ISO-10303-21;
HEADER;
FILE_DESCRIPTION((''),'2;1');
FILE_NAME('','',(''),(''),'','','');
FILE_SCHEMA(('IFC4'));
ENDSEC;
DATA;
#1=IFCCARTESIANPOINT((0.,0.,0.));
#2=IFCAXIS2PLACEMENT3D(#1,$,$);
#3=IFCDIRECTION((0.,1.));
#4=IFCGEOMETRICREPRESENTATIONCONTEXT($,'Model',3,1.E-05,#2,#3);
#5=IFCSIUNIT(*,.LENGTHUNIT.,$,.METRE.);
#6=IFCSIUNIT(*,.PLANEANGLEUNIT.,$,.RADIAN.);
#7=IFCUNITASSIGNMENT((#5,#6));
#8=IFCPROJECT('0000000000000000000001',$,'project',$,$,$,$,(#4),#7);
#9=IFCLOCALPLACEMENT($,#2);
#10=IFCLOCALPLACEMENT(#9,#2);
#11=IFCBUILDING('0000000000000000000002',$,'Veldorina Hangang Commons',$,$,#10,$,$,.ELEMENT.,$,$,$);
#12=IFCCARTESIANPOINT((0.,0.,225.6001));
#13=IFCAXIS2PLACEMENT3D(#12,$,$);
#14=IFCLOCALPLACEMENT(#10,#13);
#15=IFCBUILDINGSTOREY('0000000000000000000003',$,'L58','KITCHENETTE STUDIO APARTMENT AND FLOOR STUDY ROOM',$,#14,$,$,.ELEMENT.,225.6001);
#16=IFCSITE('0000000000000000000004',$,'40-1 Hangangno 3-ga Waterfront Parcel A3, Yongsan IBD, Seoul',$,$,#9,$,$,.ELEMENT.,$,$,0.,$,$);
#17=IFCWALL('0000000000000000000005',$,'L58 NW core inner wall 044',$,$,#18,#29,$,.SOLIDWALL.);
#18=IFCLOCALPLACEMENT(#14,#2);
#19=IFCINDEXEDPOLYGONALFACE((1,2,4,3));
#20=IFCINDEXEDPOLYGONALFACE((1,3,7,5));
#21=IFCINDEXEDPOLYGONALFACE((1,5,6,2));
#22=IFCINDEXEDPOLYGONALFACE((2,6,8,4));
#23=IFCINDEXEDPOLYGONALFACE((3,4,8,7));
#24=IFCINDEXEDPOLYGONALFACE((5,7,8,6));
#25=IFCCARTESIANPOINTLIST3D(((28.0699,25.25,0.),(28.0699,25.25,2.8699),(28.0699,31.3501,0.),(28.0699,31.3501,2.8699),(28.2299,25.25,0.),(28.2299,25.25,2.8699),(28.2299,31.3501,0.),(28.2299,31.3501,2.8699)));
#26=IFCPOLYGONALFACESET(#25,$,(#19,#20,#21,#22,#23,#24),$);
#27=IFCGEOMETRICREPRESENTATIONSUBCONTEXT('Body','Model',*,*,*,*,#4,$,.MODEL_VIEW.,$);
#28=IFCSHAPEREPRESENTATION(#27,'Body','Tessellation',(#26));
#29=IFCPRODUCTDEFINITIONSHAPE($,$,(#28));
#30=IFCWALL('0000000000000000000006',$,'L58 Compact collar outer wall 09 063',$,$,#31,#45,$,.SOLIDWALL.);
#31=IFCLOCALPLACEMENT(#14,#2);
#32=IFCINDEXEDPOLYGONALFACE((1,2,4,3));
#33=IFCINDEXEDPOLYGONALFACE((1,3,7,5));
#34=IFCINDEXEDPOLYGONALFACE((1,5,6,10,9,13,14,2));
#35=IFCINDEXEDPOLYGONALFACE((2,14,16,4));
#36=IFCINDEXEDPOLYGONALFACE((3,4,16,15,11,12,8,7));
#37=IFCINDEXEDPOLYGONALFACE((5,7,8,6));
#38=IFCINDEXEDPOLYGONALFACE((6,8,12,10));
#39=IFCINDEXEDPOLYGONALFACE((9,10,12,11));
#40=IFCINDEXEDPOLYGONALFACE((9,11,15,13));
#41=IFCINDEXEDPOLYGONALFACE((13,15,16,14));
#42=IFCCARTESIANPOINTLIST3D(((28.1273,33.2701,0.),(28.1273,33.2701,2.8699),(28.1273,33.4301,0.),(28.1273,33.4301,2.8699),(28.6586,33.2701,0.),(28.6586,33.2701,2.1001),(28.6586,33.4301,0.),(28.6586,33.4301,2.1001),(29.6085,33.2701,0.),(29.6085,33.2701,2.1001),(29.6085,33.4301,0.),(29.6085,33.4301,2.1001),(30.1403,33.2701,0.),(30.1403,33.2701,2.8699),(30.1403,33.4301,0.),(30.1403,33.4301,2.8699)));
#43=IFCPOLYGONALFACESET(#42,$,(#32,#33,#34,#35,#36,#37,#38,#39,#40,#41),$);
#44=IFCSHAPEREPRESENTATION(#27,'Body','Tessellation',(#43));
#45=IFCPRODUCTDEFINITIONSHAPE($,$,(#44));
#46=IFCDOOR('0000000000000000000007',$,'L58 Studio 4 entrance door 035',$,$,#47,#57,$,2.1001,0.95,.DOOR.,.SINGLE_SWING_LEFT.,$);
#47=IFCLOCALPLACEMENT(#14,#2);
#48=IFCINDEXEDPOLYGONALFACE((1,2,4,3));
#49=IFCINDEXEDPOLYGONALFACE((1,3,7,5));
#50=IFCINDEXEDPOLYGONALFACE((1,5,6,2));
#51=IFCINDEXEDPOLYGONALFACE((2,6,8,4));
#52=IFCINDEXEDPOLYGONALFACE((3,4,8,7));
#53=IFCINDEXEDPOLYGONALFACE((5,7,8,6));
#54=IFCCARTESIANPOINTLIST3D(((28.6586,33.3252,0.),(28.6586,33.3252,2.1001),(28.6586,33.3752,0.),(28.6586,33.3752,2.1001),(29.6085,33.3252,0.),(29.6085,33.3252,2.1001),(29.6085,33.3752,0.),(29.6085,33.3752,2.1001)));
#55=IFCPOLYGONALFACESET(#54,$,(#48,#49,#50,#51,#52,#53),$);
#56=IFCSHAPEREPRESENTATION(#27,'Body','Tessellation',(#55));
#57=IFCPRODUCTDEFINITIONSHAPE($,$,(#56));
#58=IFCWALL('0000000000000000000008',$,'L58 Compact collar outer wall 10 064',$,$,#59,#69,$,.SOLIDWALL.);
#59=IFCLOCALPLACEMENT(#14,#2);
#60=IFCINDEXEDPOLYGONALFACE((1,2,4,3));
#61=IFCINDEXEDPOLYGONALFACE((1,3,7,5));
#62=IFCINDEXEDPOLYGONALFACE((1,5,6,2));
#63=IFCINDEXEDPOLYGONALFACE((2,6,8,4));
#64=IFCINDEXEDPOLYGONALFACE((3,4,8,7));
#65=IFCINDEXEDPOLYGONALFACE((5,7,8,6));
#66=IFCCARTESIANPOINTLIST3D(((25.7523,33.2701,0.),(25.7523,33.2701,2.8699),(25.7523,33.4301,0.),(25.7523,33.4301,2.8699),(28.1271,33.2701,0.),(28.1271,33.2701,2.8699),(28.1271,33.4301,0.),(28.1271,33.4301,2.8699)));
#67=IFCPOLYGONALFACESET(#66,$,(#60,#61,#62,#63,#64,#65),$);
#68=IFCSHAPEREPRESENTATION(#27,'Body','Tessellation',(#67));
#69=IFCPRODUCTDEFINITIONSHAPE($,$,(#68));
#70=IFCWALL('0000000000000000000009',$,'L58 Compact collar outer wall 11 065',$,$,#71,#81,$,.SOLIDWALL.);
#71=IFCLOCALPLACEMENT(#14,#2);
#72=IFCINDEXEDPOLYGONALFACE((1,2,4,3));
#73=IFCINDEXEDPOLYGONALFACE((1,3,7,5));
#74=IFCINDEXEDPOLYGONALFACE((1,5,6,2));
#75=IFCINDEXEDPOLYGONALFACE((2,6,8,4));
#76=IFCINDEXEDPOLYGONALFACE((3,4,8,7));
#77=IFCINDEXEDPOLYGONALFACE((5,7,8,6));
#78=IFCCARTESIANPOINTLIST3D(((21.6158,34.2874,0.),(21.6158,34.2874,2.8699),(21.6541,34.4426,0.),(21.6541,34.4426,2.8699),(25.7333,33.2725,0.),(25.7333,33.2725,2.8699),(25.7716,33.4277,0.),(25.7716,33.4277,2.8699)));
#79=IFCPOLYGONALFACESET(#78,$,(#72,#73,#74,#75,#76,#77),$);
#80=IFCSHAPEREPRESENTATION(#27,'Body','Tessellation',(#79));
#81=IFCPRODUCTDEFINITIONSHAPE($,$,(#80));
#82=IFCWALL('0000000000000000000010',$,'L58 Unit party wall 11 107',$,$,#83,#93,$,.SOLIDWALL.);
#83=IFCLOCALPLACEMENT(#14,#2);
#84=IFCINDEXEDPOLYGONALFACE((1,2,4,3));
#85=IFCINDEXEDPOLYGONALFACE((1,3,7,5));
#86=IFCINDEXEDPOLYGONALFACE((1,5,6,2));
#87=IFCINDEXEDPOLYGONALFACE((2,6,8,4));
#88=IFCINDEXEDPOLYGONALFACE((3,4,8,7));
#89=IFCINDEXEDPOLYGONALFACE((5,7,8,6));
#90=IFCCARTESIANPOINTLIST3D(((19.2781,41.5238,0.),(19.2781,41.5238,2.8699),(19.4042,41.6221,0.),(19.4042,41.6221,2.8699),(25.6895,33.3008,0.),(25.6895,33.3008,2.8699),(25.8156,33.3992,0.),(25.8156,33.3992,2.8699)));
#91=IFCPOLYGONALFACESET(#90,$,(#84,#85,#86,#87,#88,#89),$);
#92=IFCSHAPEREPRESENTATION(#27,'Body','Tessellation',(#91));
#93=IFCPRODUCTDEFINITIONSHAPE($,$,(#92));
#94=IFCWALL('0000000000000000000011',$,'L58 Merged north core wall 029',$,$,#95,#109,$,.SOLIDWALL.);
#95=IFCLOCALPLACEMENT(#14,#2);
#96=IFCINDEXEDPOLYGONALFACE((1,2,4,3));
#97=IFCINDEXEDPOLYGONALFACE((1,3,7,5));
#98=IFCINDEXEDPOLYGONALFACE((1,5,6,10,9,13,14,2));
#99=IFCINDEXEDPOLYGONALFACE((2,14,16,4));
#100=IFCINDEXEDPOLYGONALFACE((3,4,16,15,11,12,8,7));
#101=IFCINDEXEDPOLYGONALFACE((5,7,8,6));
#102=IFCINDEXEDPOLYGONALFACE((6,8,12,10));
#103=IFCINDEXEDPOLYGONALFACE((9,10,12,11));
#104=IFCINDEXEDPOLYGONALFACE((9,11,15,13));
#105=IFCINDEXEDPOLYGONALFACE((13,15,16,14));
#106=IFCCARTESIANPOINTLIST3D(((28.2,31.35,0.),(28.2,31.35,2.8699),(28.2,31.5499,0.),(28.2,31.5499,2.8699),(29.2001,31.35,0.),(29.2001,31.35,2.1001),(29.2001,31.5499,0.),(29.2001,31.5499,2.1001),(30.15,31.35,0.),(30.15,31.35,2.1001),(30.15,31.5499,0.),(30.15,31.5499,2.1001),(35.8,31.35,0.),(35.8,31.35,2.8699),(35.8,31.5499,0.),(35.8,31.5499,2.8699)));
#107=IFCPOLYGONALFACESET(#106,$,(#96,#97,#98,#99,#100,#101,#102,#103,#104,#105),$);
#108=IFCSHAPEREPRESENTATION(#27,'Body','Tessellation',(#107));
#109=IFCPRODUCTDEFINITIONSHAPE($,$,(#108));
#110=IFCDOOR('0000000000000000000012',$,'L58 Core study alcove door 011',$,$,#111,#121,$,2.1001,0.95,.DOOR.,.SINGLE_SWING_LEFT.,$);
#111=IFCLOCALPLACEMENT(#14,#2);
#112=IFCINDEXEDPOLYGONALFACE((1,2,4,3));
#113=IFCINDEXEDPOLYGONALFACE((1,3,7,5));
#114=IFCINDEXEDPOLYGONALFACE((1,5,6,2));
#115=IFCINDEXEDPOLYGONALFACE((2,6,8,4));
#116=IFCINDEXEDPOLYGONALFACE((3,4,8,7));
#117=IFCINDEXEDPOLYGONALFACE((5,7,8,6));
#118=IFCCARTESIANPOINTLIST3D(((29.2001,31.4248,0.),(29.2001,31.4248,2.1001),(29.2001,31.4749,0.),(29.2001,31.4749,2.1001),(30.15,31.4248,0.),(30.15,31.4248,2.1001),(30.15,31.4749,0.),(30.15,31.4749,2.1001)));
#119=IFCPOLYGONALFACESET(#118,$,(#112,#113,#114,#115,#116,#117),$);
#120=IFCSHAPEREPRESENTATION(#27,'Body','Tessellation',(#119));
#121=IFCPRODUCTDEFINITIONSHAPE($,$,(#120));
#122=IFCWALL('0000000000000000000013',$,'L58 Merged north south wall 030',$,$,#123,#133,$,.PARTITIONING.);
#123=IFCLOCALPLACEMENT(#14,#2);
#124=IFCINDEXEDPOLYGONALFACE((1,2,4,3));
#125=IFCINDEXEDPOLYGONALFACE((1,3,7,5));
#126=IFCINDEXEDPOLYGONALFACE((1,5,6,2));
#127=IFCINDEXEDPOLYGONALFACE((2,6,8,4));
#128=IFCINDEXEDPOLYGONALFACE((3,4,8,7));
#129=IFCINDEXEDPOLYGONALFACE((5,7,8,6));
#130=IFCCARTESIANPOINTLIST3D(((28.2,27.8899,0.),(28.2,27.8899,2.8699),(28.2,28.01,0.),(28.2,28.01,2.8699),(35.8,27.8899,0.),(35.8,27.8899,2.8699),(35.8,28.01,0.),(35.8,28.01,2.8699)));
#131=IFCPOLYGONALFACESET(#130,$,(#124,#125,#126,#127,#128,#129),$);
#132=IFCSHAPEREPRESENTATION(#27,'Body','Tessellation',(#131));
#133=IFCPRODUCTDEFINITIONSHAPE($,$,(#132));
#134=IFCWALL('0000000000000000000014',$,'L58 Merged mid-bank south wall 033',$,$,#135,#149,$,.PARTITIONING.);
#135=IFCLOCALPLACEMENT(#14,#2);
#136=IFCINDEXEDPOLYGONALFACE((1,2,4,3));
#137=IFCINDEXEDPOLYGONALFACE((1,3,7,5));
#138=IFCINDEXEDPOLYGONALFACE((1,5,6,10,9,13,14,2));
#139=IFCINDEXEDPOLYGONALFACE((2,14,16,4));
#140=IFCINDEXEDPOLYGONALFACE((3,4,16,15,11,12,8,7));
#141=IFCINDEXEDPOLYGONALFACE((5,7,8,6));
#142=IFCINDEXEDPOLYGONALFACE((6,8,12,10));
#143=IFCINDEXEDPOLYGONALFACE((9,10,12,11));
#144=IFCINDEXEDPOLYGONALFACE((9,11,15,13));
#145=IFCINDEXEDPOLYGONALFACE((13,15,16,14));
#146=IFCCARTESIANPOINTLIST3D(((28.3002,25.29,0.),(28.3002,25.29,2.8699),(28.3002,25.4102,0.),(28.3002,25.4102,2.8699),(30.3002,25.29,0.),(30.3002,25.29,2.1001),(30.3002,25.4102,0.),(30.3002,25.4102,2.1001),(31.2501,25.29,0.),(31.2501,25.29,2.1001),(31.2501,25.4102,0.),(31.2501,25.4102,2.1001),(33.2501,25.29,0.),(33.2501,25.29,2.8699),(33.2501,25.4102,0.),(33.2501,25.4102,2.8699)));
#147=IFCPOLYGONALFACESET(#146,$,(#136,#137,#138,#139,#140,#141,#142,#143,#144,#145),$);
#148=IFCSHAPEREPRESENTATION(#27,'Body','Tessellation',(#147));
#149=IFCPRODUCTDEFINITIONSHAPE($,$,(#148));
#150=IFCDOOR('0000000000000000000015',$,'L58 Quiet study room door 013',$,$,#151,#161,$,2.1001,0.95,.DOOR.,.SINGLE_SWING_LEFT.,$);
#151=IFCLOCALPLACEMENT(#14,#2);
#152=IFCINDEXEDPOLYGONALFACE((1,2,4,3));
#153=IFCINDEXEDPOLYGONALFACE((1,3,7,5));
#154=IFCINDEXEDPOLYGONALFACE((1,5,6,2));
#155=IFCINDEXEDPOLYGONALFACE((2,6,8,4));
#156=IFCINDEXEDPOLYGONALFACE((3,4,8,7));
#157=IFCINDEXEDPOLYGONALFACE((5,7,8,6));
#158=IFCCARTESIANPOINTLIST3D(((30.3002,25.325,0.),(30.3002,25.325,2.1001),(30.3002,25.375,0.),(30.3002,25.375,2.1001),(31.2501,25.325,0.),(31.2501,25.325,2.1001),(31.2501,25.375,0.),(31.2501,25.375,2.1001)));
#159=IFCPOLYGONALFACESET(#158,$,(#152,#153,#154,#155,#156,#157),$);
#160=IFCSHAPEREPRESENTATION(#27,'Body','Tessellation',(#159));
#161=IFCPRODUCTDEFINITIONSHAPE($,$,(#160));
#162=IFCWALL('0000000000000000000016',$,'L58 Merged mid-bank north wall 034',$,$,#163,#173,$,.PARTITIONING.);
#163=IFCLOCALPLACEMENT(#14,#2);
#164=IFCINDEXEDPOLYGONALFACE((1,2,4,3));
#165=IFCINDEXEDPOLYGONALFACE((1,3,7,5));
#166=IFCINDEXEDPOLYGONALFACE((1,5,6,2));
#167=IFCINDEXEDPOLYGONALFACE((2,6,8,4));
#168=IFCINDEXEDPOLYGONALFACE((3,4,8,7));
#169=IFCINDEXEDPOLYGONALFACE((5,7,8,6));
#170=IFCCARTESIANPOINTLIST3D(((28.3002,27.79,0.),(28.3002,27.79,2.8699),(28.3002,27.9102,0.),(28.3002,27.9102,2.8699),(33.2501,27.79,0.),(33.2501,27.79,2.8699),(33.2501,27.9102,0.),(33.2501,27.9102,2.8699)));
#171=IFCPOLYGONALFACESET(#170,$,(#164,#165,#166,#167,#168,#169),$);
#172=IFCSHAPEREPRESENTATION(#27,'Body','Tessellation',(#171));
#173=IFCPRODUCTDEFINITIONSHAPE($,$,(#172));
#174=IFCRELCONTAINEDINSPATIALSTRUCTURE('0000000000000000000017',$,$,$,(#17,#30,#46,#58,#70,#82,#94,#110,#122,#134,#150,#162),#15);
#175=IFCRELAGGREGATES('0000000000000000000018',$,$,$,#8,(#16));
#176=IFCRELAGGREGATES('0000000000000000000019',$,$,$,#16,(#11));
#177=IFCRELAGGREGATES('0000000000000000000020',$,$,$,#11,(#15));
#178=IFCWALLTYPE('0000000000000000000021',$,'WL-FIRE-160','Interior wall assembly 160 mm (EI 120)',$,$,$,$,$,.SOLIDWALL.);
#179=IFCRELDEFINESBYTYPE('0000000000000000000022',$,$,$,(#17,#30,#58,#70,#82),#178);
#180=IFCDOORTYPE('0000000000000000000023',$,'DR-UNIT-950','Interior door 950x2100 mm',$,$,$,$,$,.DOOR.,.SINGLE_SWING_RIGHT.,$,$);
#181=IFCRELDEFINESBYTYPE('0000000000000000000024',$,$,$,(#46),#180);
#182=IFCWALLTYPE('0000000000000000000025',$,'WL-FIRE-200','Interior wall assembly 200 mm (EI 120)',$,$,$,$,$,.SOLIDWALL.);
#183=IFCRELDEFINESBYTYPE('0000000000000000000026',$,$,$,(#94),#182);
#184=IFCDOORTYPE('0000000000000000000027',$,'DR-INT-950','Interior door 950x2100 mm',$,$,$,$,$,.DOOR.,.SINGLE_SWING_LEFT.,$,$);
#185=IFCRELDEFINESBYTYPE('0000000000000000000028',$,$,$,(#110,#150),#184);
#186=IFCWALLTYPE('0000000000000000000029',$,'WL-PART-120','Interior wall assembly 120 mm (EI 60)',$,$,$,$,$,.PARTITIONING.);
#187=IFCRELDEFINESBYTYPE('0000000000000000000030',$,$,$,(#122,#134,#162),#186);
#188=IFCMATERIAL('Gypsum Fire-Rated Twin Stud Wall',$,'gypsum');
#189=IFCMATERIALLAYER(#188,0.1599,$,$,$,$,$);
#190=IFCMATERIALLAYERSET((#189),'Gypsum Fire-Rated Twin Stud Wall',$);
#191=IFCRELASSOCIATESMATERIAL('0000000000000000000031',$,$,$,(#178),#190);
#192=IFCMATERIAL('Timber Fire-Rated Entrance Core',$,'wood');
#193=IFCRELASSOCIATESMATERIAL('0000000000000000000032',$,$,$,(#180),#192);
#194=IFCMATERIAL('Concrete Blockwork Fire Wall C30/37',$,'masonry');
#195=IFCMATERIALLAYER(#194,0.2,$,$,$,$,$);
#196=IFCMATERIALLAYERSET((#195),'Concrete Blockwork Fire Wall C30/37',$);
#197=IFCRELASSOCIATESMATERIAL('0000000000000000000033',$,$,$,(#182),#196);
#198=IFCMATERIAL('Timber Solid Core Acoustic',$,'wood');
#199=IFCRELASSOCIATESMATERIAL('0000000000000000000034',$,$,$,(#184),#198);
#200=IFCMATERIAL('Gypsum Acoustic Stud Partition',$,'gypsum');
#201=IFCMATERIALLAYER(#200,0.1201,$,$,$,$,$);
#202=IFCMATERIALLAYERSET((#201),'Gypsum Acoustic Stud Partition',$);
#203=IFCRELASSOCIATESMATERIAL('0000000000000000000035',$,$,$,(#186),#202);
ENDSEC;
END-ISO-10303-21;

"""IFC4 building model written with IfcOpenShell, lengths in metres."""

from ifc_helpers import new_model, si_unit, direction, frame, frame_2d, origin, place, context, subcontext, project, spatial, rectangle, extrude, material, layer, layer_set, type_object, element, fill, save


model = new_model("IFC4")

# Units and contexts
model_context = context("Model", 3, precision=1e-05, world=origin(), true_north=direction((0.0, 1.0)))
body_context = subcontext(model_context, "Body", "Model", "MODEL_VIEW")
ifc_project = project(units=[si_unit("LENGTHUNIT", "METRE"), si_unit("PLANEANGLEUNIT", "RADIAN")], contexts=[model_context])

# Site, building, storey
site_placement = place(None, origin())
site = spatial("IfcSite", under=ifc_project, at=site_placement, Name="40-1 Hangangno 3-ga Waterfront Parcel A3, Yongsan IBD, Seoul", CompositionType="ELEMENT", RefElevation=0.0)
building_placement = place(site_placement, origin())
building = spatial("IfcBuilding", under=site, at=building_placement, Name="Veldorina Hangang Commons", CompositionType="ELEMENT")
storey_placement = place(building_placement, frame((0.0, 0.0, 225.6001)))
storey = spatial("IfcBuildingStorey", under=building, at=storey_placement, Name="L58", Description="KITCHENETTE STUDIO APARTMENT AND FLOOR STUDY ROOM", CompositionType="ELEMENT", Elevation=225.6001)

# Wall
ifc_material_1 = material(Name="Gypsum Fire-Rated Twin Stud Wall", Category="gypsum")
ifc_layer_1 = layer(ifc_material_1, 0.1599)
ifc_layer_set_1 = layer_set([ifc_layer_1], Name="Gypsum Fire-Rated Twin Stud Wall")
wall_type_1 = type_object("IfcWallType", Name="WL-FIRE-160", Description="Interior wall assembly 160 mm (EI 120)", PredefinedType="SOLIDWALL", material=ifc_layer_set_1)
wall_1_placement = place(storey_placement, frame((28.1499, 25.25, 0.0), z_axis=(0.0, 0.0, 1.0), x_axis=(0.0, 1.0, 0.0)))
element("IfcWall", 1, at=wall_1_placement, inside=storey, type_object=wall_type_1, Name="L58 NW core inner wall 044", PredefinedType="SOLIDWALL", context=body_context, shape_type="SweptSolid", body=[
    extrude(rectangle(XDim=6.1001, YDim=0.1599, at=frame_2d((3.05, 0.0))), origin(), (0.0, 0.0, 1.0), 2.8699),
])

# Wall, opening, door
wall_2_placement = place(storey_placement, frame((30.1401, 33.3501, 0.0), z_axis=(0.0, 0.0, 1.0), x_axis=(-1.0, 0.0, 0.0)))
wall_2 = element("IfcWall", 2, at=wall_2_placement, inside=storey, type_object=wall_type_1, Name="L58 Compact collar outer wall 09 063", PredefinedType="SOLIDWALL", context=body_context, shape_type="SweptSolid", body=[
    extrude(rectangle(XDim=2.0129, YDim=0.1599, at=frame_2d((1.0063, 0.0))), origin(), (0.0, 0.0, 1.0), 2.8699),
])
opening_1_placement = place(wall_2_placement, frame((0.5315, 0.0, 0.0)))
opening_1 = element("IfcOpeningElement", 3, at=opening_1_placement, cuts=wall_2, PredefinedType="OPENING", context=body_context, shape_type="SweptSolid", body=[
    extrude(rectangle(XDim=0.95, YDim=2.1001, at=frame_2d((0.4751, 1.05))), frame((0.0, 0.0898, 0.0), z_axis=(0.0, -1.0, 0.0), x_axis=(1.0, 0.0, 0.0)), (0.0, 0.0, 1.0), 0.1799),
])
ifc_material_2 = material(Name="Timber Fire-Rated Entrance Core", Category="wood")
door_type_1 = type_object("IfcDoorType", Name="DR-UNIT-950", Description="Interior door 950x2100 mm", OperationType="SINGLE_SWING_RIGHT", PredefinedType="DOOR", material=ifc_material_2)
door_1_placement = place(opening_1_placement, origin())
door_1 = element("IfcDoor", 4, at=door_1_placement, inside=storey, type_object=door_type_1, Name="L58 Studio 4 entrance door 035", OperationType="SINGLE_SWING_LEFT", OverallHeight=2.1001, OverallWidth=0.95, PredefinedType="DOOR", context=body_context, shape_type="SweptSolid", body=[
    extrude(rectangle(XDim=0.95, YDim=2.1001, at=frame_2d((0.4751, 1.05))), frame((0.0, 0.0249, 0.0), z_axis=(0.0, -1.0, 0.0), x_axis=(1.0, 0.0, 0.0)), (0.0, 0.0, 1.0), 0.05),
])
fill(opening_1, door_1)

# Walls
wall_3_placement = place(storey_placement, frame((28.1272, 33.3501, 0.0), z_axis=(0.0, 0.0, 1.0), x_axis=(-1.0, 0.0, 0.0)))
element("IfcWall", 5, at=wall_3_placement, inside=storey, type_object=wall_type_1, Name="L58 Compact collar outer wall 10 064", PredefinedType="SOLIDWALL", context=body_context, shape_type="SweptSolid", body=[
    extrude(rectangle(XDim=2.3748, YDim=0.1599, at=frame_2d((1.1875, 0.0))), origin(), (0.0, 0.0, 1.0), 2.8699),
])
wall_4_placement = place(storey_placement, frame((25.7524, 33.3501, 0.0), z_axis=(0.0, 0.0, 1.0), x_axis=(-0.97094, 0.239324, 0.0)))
element("IfcWall", 6, at=wall_4_placement, inside=storey, type_object=wall_type_1, Name="L58 Compact collar outer wall 11 065", PredefinedType="SOLIDWALL", context=body_context, shape_type="SweptSolid", body=[
    extrude(rectangle(XDim=4.2407, YDim=0.1599, at=frame_2d((2.1204, 0.0))), origin(), (0.0, 0.0, 1.0), 2.8699),
])
wall_5_placement = place(storey_placement, frame((25.7524, 33.3501, 0.0), z_axis=(0.0, 0.0, 1.0), x_axis=(-0.614884, 0.788618, 0.0)))
element("IfcWall", 7, at=wall_5_placement, inside=storey, type_object=wall_type_1, Name="L58 Unit party wall 11 107", PredefinedType="SOLIDWALL", context=body_context, shape_type="SweptSolid", body=[
    extrude(rectangle(XDim=10.427, YDim=0.1599, at=frame_2d((5.2134, 0.0))), origin(), (0.0, 0.0, 1.0), 2.8699),
])

# Wall, opening, door
ifc_material_3 = material(Name="Concrete Blockwork Fire Wall C30/37", Category="masonry")
ifc_layer_2 = layer(ifc_material_3, 0.2)
ifc_layer_set_2 = layer_set([ifc_layer_2], Name="Concrete Blockwork Fire Wall C30/37")
wall_type_2 = type_object("IfcWallType", Name="WL-FIRE-200", Description="Interior wall assembly 200 mm (EI 120)", PredefinedType="SOLIDWALL", material=ifc_layer_set_2)
wall_6_placement = place(storey_placement, frame((28.2, 31.45, 0.0), z_axis=(0.0, 0.0, 1.0), x_axis=(1.0, 0.0, 0.0)))
wall_6 = element("IfcWall", 8, at=wall_6_placement, inside=storey, type_object=wall_type_2, Name="L58 Merged north core wall 029", PredefinedType="SOLIDWALL", context=body_context, shape_type="SweptSolid", body=[
    extrude(rectangle(XDim=7.6001, YDim=0.2, at=frame_2d((3.8, 0.0))), origin(), (0.0, 0.0, 1.0), 2.8699),
])
opening_2_placement = place(wall_6_placement, frame((1.0, 0.0, 0.0)))
opening_2 = element("IfcOpeningElement", 9, at=opening_2_placement, cuts=wall_6, PredefinedType="OPENING", context=body_context, shape_type="SweptSolid", body=[
    extrude(rectangle(XDim=0.95, YDim=2.1001, at=frame_2d((0.4751, 1.05))), frame((0.0, 0.1099, 0.0), z_axis=(0.0, -1.0, 0.0), x_axis=(1.0, 0.0, 0.0)), (0.0, 0.0, 1.0), 0.22),
])
ifc_material_4 = material(Name="Timber Solid Core Acoustic", Category="wood")
door_type_2 = type_object("IfcDoorType", Name="DR-INT-950", Description="Interior door 950x2100 mm", OperationType="SINGLE_SWING_LEFT", PredefinedType="DOOR", material=ifc_material_4)
door_2_placement = place(opening_2_placement, origin())
door_2 = element("IfcDoor", 10, at=door_2_placement, inside=storey, type_object=door_type_2, Name="L58 Core study alcove door 011", OperationType="SINGLE_SWING_LEFT", OverallHeight=2.1001, OverallWidth=0.95, PredefinedType="DOOR", context=body_context, shape_type="SweptSolid", body=[
    extrude(rectangle(XDim=0.95, YDim=2.1001, at=frame_2d((0.4751, 1.05))), frame((0.0, 0.0249, 0.0), z_axis=(0.0, -1.0, 0.0), x_axis=(1.0, 0.0, 0.0)), (0.0, 0.0, 1.0), 0.05),
])
fill(opening_2, door_2)

# Wall
ifc_material_5 = material(Name="Gypsum Acoustic Stud Partition", Category="gypsum")
ifc_layer_3 = layer(ifc_material_5, 0.1201)
ifc_layer_set_3 = layer_set([ifc_layer_3], Name="Gypsum Acoustic Stud Partition")
wall_type_3 = type_object("IfcWallType", Name="WL-PART-120", Description="Interior wall assembly 120 mm (EI 60)", PredefinedType="PARTITIONING", material=ifc_layer_set_3)
wall_7_placement = place(storey_placement, frame((28.2, 27.95, 0.0), z_axis=(0.0, 0.0, 1.0), x_axis=(1.0, 0.0, 0.0)))
element("IfcWall", 11, at=wall_7_placement, inside=storey, type_object=wall_type_3, Name="L58 Merged north south wall 030", PredefinedType="PARTITIONING", context=body_context, shape_type="SweptSolid", body=[
    extrude(rectangle(XDim=7.6001, YDim=0.1201, at=frame_2d((3.8, 0.0))), origin(), (0.0, 0.0, 1.0), 2.8699),
])

# Wall, opening, door
wall_8_placement = place(storey_placement, frame((28.3, 25.3501, 0.0), z_axis=(0.0, 0.0, 1.0), x_axis=(1.0, 0.0, 0.0)))
wall_8 = element("IfcWall", 12, at=wall_8_placement, inside=storey, type_object=wall_type_3, Name="L58 Merged mid-bank south wall 033", PredefinedType="PARTITIONING", context=body_context, shape_type="SweptSolid", body=[
    extrude(rectangle(XDim=4.95, YDim=0.1201, at=frame_2d((2.4751, 0.0))), origin(), (0.0, 0.0, 1.0), 2.8699),
])
opening_3_placement = place(wall_8_placement, frame((2.0, 0.0, 0.0)))
opening_3 = element("IfcOpeningElement", 13, at=opening_3_placement, cuts=wall_8, PredefinedType="OPENING", context=body_context, shape_type="SweptSolid", body=[
    extrude(rectangle(XDim=0.95, YDim=2.1001, at=frame_2d((0.4751, 1.05))), frame((0.0, 0.0701, 0.0), z_axis=(0.0, -1.0, 0.0), x_axis=(1.0, 0.0, 0.0)), (0.0, 0.0, 1.0), 0.1401),
])
door_3_placement = place(opening_3_placement, origin())
door_3 = element("IfcDoor", 14, at=door_3_placement, inside=storey, type_object=door_type_2, Name="L58 Quiet study room door 013", OperationType="SINGLE_SWING_LEFT", OverallHeight=2.1001, OverallWidth=0.95, PredefinedType="DOOR", context=body_context, shape_type="SweptSolid", body=[
    extrude(rectangle(XDim=0.95, YDim=2.1001, at=frame_2d((0.4751, 1.05))), frame((0.0, 0.0249, 0.0), z_axis=(0.0, -1.0, 0.0), x_axis=(1.0, 0.0, 0.0)), (0.0, 0.0, 1.0), 0.05),
])
fill(opening_3, door_3)

# Wall
wall_9_placement = place(storey_placement, frame((28.3, 27.8501, 0.0), z_axis=(0.0, 0.0, 1.0), x_axis=(1.0, 0.0, 0.0)))
element("IfcWall", 15, at=wall_9_placement, inside=storey, type_object=wall_type_3, Name="L58 Merged mid-bank north wall 034", PredefinedType="PARTITIONING", context=body_context, shape_type="SweptSolid", body=[
    extrude(rectangle(XDim=4.95, YDim=0.1201, at=frame_2d((2.4751, 0.0))), origin(), (0.0, 0.0, 1.0), 2.8699),
])

save(model, "model.ifc")
